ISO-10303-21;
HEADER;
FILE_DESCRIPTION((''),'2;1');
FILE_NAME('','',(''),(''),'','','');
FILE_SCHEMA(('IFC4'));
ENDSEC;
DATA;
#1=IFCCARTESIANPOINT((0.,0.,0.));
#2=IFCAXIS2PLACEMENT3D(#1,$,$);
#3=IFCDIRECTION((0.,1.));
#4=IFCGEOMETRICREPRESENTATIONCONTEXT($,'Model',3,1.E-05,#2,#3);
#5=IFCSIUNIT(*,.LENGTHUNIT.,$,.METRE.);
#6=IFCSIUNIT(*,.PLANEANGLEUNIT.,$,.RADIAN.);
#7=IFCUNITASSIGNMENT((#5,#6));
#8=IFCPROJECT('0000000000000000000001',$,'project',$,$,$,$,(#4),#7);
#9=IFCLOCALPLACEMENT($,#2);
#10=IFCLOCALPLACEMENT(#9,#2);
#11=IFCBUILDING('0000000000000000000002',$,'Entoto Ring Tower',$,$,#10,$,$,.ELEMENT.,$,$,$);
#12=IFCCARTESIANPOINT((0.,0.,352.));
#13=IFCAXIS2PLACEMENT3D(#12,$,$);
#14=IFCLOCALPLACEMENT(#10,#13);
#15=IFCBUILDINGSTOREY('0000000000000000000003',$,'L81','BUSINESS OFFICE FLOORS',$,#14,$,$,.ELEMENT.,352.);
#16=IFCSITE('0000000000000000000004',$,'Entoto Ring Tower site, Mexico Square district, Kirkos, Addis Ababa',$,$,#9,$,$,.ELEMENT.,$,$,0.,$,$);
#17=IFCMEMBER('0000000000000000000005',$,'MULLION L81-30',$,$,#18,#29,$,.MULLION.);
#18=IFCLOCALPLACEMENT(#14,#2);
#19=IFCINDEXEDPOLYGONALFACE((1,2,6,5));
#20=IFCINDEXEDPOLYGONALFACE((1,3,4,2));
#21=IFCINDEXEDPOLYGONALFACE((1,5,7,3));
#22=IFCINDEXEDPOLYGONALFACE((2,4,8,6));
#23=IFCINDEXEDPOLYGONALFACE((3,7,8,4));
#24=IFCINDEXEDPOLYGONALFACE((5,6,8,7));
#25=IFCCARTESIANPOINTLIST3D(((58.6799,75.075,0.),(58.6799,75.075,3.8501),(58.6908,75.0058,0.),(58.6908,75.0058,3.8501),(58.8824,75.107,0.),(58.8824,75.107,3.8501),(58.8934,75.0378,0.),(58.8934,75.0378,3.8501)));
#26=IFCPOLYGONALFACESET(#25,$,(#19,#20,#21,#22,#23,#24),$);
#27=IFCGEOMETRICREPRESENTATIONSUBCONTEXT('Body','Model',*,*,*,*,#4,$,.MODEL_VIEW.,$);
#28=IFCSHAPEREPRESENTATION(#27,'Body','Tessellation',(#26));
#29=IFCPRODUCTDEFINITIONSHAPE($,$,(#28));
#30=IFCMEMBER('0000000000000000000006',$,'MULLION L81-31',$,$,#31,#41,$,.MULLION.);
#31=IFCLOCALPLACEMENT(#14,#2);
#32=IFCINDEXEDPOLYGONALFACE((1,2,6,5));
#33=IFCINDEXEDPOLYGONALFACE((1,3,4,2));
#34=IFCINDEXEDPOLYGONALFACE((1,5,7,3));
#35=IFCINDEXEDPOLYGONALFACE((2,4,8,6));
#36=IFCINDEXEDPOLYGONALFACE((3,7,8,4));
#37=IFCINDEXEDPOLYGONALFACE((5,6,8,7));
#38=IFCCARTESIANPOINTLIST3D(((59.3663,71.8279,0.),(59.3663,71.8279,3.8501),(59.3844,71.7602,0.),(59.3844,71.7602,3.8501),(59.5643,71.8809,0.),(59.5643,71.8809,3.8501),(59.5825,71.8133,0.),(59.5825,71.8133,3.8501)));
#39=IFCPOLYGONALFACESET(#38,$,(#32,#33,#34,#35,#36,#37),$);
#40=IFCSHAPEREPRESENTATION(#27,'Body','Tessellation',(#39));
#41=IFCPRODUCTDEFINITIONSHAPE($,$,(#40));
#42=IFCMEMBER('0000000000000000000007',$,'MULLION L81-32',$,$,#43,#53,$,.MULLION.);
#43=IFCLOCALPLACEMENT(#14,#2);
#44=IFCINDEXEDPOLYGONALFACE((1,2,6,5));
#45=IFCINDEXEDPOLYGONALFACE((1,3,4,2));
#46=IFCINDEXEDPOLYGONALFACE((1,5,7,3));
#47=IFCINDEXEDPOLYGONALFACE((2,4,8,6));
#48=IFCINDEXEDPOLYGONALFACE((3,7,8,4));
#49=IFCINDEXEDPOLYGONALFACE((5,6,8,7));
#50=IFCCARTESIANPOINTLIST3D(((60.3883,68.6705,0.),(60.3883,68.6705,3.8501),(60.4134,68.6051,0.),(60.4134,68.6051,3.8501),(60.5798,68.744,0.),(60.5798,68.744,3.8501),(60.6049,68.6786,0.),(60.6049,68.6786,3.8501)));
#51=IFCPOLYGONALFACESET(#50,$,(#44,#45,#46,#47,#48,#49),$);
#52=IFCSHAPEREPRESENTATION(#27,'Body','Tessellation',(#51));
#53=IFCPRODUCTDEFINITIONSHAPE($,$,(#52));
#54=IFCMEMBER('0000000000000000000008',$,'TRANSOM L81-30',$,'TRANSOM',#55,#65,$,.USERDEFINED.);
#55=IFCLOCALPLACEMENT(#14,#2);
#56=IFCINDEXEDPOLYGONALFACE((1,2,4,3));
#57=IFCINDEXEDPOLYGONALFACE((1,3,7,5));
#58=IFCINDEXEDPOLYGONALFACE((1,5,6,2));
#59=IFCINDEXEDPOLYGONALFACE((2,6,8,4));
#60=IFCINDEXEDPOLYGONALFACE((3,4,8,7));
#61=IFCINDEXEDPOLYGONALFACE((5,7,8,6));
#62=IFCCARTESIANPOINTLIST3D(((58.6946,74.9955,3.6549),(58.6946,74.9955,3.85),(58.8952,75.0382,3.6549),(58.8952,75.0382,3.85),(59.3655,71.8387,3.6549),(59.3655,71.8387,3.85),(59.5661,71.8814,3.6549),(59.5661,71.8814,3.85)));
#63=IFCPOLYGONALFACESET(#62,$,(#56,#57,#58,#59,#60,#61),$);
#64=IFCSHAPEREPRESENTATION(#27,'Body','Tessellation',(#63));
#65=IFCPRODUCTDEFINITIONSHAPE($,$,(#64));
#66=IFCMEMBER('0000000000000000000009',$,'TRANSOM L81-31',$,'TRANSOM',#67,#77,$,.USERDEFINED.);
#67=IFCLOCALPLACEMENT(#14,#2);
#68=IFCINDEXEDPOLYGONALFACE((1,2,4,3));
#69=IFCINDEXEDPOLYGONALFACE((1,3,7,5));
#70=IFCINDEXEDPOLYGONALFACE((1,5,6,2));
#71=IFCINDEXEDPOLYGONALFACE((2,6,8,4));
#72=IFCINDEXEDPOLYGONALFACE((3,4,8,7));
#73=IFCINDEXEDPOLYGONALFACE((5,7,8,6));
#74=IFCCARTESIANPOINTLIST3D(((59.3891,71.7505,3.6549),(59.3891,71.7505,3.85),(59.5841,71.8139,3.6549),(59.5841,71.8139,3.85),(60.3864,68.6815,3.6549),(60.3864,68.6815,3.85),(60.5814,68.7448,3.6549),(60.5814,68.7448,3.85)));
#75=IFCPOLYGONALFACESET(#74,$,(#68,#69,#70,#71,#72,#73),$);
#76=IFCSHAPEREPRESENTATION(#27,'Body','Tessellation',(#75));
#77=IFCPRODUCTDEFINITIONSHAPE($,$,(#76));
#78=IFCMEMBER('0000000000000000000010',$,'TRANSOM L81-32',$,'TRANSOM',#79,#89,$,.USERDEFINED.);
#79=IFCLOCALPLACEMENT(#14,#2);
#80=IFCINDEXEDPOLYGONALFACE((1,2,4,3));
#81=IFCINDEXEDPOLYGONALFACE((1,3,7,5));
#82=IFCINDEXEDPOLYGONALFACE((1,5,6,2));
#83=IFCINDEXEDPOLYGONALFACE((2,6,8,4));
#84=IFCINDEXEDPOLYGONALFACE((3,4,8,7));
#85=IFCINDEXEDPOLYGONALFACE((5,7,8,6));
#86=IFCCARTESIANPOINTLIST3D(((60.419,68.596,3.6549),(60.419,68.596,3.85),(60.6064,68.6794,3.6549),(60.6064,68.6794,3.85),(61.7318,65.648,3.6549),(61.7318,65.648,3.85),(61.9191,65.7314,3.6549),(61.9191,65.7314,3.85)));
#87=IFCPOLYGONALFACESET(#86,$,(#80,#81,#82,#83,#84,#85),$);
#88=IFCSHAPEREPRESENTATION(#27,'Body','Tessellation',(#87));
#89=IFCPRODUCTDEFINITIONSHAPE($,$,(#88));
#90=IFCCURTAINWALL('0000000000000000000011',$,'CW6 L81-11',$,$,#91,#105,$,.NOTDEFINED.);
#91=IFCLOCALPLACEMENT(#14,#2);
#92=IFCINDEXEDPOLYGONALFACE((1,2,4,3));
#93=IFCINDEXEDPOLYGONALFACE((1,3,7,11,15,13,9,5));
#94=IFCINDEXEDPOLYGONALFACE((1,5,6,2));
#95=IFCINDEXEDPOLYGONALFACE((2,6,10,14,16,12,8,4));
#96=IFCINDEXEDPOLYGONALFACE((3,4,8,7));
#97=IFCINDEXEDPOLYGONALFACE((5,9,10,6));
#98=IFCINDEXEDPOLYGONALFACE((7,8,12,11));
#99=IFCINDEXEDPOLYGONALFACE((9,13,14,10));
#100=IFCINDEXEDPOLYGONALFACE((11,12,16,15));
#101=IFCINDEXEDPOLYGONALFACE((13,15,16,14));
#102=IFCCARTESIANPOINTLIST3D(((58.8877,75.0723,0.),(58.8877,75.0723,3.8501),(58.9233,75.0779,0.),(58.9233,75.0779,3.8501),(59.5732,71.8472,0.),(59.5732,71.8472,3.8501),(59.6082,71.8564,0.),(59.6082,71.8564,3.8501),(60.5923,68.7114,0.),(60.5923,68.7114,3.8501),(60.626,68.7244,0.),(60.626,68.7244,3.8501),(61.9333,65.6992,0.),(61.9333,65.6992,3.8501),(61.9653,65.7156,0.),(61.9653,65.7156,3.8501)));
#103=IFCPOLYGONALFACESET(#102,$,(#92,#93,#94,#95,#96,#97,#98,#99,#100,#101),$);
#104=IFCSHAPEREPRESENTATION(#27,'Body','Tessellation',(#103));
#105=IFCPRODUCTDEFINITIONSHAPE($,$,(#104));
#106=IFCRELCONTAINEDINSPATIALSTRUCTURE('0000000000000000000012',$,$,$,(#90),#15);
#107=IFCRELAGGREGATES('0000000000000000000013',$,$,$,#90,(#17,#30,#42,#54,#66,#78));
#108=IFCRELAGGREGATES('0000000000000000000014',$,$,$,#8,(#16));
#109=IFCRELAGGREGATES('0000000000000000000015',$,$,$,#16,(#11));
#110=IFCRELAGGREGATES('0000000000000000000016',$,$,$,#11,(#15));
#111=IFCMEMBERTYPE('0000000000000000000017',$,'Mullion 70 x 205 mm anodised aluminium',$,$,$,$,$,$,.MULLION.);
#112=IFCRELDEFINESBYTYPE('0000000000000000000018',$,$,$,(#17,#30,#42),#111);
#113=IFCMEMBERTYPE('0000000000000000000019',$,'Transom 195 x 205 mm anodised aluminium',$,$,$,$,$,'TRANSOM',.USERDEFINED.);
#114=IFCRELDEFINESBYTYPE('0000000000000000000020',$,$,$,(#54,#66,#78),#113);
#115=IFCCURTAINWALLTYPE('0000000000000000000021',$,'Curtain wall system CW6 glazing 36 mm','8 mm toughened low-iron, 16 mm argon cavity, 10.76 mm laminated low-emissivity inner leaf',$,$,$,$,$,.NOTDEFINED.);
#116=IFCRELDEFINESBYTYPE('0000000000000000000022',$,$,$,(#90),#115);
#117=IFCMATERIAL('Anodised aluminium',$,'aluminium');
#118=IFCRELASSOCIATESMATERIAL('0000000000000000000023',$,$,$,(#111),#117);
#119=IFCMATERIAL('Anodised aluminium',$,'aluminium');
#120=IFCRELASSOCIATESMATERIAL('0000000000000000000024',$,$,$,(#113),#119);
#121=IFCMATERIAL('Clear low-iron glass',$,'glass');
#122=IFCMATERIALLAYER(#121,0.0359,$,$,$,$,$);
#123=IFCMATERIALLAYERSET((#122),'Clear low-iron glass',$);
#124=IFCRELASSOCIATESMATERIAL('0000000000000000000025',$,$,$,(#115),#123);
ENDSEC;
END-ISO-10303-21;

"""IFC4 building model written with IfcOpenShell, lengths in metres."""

from ifc_helpers import new_model, si_unit, direction, frame, origin, origin_2d, place, context, subcontext, project, spatial, polyline, rectangle, outline, extrude, material, layer, layer_set, material_profile, profile_set, type_object, element, aggregate, save


model = new_model("IFC4")

# Units and contexts
model_context = context("Model", 3, precision=1e-05, world=origin(), true_north=direction((0.0, 1.0)))
body_context = subcontext(model_context, "Body", "Model", "MODEL_VIEW")
ifc_project = project(units=[si_unit("LENGTHUNIT", "METRE"), si_unit("PLANEANGLEUNIT", "RADIAN")], contexts=[model_context])

# Members
ifc_material_1 = material(Name="Anodised aluminium", Category="aluminium")
ifc_material_profile_1 = material_profile(ifc_material_1, rectangle(XDim=0.0701, YDim=0.2051, at=origin_2d()), Name="Mullion 70 x 205 mm anodised aluminium")
ifc_profile_set_1 = profile_set([ifc_material_profile_1], Name="Anodised aluminium")
member_type_1 = type_object("IfcMemberType", Name="Mullion 70 x 205 mm anodised aluminium", PredefinedType="MULLION", material=ifc_profile_set_1)
site_placement = place(None, origin())
building_placement = place(site_placement, origin())
storey_placement = place(building_placement, frame((0.0, 0.0, 352.0)))
member_1_placement = place(storey_placement, frame((58.7866, 75.0564, 0.0), z_axis=(0.0, 0.0, 1.0), x_axis=(0.156434, -0.987688, 0.0)))
member_1 = element("IfcMember", 1, at=member_1_placement, type_object=member_type_1, Name="MULLION L81-30", PredefinedType="MULLION", context=body_context, shape_type="SweptSolid", body=[
    extrude(rectangle(XDim=0.0701, YDim=0.2051, at=origin_2d()), origin(), (0.0, 0.0, 1.0), 3.8501),
])
member_2_placement = place(storey_placement, frame((59.4744, 71.8206, 0.0), z_axis=(0.0, 0.0, 1.0), x_axis=(0.258819, -0.965926, 0.0)))
member_2 = element("IfcMember", 2, at=member_2_placement, type_object=member_type_1, Name="MULLION L81-31", PredefinedType="MULLION", context=body_context, shape_type="SweptSolid", body=[
    extrude(rectangle(XDim=0.0701, YDim=0.2051, at=origin_2d()), origin(), (0.0, 0.0, 1.0), 3.8501),
])
member_3_placement = place(storey_placement, frame((60.4966, 68.6746, 0.0), z_axis=(0.0, 0.0, 1.0), x_axis=(0.358368, -0.93358, 0.0)))
member_3 = element("IfcMember", 3, at=member_3_placement, type_object=member_type_1, Name="MULLION L81-32", PredefinedType="MULLION", context=body_context, shape_type="SweptSolid", body=[
    extrude(rectangle(XDim=0.0701, YDim=0.2051, at=origin_2d()), origin(), (0.0, 0.0, 1.0), 3.8501),
])
ifc_material_2 = material(Name="Anodised aluminium", Category="aluminium")
ifc_material_profile_2 = material_profile(ifc_material_2, rectangle(XDim=0.2051, YDim=0.1951, at=origin_2d()), Name="Transom 195 x 205 mm anodised aluminium")
ifc_profile_set_2 = profile_set([ifc_material_profile_2], Name="Anodised aluminium")
member_type_2 = type_object("IfcMemberType", Name="Transom 195 x 205 mm anodised aluminium", ElementType="TRANSOM", PredefinedType="USERDEFINED", material=ifc_profile_set_2)
member_4_placement = place(storey_placement, frame((58.7949, 75.0168, 3.7524), z_axis=(0.207886, -0.978153, 0.0), x_axis=(0.978153, 0.207886, 0.0)))
member_4 = element("IfcMember", 4, at=member_4_placement, type_object=member_type_2, Name="TRANSOM L81-30", ObjectType="TRANSOM", PredefinedType="USERDEFINED", context=body_context, shape_type="SweptSolid", body=[
    extrude(rectangle(XDim=0.2051, YDim=0.1951, at=origin_2d()), origin(), (0.0, 0.0, 1.0), 3.2273),
])
member_5_placement = place(storey_placement, frame((59.4866, 71.7822, 3.7524), z_axis=(0.309047, -0.951047, 0.0), x_axis=(0.951047, 0.309047, 0.0)))
member_5 = element("IfcMember", 5, at=member_5_placement, type_object=member_type_2, Name="TRANSOM L81-31", ObjectType="TRANSOM", PredefinedType="USERDEFINED", context=body_context, shape_type="SweptSolid", body=[
    extrude(rectangle(XDim=0.2051, YDim=0.1951, at=origin_2d()), origin(), (0.0, 0.0, 1.0), 3.2271),
])
member_6_placement = place(storey_placement, frame((60.5127, 68.6377, 3.7524), z_axis=(0.406791, -0.913521, 0.0), x_axis=(0.913521, 0.406791, 0.0)))
member_6 = element("IfcMember", 6, at=member_6_placement, type_object=member_type_2, Name="TRANSOM L81-32", ObjectType="TRANSOM", PredefinedType="USERDEFINED", context=body_context, shape_type="SweptSolid", body=[
    extrude(rectangle(XDim=0.2051, YDim=0.1951, at=origin_2d()), origin(), (0.0, 0.0, 1.0), 3.2271),
])

# Site, building, storey
site = spatial("IfcSite", under=ifc_project, at=site_placement, Name="Entoto Ring Tower site, Mexico Square district, Kirkos, Addis Ababa", CompositionType="ELEMENT", RefElevation=0.0)
building = spatial("IfcBuilding", under=site, at=building_placement, Name="Entoto Ring Tower", CompositionType="ELEMENT")
storey = spatial("IfcBuildingStorey", under=building, at=storey_placement, Name="L81", Description="BUSINESS OFFICE FLOORS", CompositionType="ELEMENT", Elevation=352.0)

# Curtain wall
ifc_material_3 = material(Name="Clear low-iron glass", Category="glass")
ifc_layer = layer(ifc_material_3, 0.0359)
ifc_layer_set = layer_set([ifc_layer], Name="Clear low-iron glass")
curtain_wall_type = type_object("IfcCurtainWallType", Name="Curtain wall system CW6 glazing 36 mm", Description="8 mm toughened low-iron, 16 mm argon cavity, 10.76 mm laminated low-emissivity inner leaf", PredefinedType="NOTDEFINED", material=ifc_layer_set)
curtain_wall_1_placement = place(storey_placement, origin())
curtain_wall_1 = element("IfcCurtainWall", 7, at=curtain_wall_1_placement, inside=storey, type_object=curtain_wall_type, Name="CW6 L81-11", PredefinedType="NOTDEFINED", context=body_context, shape_type="SweptSolid", body=[
    extrude(outline(polyline([(58.8877, 75.0723), (59.5732, 71.8472), (60.5923, 68.7114), (61.9333, 65.6992), (61.9653, 65.7156), (60.626, 68.7244), (59.6082, 71.8564), (58.9233, 75.0779), (58.8877, 75.0723)])), origin(), (0.0, 0.0, 1.0), 3.8501),
])
aggregate(curtain_wall_1, [member_1, member_2, member_3, member_4, member_5, member_6])

save(model, "model.ifc")
